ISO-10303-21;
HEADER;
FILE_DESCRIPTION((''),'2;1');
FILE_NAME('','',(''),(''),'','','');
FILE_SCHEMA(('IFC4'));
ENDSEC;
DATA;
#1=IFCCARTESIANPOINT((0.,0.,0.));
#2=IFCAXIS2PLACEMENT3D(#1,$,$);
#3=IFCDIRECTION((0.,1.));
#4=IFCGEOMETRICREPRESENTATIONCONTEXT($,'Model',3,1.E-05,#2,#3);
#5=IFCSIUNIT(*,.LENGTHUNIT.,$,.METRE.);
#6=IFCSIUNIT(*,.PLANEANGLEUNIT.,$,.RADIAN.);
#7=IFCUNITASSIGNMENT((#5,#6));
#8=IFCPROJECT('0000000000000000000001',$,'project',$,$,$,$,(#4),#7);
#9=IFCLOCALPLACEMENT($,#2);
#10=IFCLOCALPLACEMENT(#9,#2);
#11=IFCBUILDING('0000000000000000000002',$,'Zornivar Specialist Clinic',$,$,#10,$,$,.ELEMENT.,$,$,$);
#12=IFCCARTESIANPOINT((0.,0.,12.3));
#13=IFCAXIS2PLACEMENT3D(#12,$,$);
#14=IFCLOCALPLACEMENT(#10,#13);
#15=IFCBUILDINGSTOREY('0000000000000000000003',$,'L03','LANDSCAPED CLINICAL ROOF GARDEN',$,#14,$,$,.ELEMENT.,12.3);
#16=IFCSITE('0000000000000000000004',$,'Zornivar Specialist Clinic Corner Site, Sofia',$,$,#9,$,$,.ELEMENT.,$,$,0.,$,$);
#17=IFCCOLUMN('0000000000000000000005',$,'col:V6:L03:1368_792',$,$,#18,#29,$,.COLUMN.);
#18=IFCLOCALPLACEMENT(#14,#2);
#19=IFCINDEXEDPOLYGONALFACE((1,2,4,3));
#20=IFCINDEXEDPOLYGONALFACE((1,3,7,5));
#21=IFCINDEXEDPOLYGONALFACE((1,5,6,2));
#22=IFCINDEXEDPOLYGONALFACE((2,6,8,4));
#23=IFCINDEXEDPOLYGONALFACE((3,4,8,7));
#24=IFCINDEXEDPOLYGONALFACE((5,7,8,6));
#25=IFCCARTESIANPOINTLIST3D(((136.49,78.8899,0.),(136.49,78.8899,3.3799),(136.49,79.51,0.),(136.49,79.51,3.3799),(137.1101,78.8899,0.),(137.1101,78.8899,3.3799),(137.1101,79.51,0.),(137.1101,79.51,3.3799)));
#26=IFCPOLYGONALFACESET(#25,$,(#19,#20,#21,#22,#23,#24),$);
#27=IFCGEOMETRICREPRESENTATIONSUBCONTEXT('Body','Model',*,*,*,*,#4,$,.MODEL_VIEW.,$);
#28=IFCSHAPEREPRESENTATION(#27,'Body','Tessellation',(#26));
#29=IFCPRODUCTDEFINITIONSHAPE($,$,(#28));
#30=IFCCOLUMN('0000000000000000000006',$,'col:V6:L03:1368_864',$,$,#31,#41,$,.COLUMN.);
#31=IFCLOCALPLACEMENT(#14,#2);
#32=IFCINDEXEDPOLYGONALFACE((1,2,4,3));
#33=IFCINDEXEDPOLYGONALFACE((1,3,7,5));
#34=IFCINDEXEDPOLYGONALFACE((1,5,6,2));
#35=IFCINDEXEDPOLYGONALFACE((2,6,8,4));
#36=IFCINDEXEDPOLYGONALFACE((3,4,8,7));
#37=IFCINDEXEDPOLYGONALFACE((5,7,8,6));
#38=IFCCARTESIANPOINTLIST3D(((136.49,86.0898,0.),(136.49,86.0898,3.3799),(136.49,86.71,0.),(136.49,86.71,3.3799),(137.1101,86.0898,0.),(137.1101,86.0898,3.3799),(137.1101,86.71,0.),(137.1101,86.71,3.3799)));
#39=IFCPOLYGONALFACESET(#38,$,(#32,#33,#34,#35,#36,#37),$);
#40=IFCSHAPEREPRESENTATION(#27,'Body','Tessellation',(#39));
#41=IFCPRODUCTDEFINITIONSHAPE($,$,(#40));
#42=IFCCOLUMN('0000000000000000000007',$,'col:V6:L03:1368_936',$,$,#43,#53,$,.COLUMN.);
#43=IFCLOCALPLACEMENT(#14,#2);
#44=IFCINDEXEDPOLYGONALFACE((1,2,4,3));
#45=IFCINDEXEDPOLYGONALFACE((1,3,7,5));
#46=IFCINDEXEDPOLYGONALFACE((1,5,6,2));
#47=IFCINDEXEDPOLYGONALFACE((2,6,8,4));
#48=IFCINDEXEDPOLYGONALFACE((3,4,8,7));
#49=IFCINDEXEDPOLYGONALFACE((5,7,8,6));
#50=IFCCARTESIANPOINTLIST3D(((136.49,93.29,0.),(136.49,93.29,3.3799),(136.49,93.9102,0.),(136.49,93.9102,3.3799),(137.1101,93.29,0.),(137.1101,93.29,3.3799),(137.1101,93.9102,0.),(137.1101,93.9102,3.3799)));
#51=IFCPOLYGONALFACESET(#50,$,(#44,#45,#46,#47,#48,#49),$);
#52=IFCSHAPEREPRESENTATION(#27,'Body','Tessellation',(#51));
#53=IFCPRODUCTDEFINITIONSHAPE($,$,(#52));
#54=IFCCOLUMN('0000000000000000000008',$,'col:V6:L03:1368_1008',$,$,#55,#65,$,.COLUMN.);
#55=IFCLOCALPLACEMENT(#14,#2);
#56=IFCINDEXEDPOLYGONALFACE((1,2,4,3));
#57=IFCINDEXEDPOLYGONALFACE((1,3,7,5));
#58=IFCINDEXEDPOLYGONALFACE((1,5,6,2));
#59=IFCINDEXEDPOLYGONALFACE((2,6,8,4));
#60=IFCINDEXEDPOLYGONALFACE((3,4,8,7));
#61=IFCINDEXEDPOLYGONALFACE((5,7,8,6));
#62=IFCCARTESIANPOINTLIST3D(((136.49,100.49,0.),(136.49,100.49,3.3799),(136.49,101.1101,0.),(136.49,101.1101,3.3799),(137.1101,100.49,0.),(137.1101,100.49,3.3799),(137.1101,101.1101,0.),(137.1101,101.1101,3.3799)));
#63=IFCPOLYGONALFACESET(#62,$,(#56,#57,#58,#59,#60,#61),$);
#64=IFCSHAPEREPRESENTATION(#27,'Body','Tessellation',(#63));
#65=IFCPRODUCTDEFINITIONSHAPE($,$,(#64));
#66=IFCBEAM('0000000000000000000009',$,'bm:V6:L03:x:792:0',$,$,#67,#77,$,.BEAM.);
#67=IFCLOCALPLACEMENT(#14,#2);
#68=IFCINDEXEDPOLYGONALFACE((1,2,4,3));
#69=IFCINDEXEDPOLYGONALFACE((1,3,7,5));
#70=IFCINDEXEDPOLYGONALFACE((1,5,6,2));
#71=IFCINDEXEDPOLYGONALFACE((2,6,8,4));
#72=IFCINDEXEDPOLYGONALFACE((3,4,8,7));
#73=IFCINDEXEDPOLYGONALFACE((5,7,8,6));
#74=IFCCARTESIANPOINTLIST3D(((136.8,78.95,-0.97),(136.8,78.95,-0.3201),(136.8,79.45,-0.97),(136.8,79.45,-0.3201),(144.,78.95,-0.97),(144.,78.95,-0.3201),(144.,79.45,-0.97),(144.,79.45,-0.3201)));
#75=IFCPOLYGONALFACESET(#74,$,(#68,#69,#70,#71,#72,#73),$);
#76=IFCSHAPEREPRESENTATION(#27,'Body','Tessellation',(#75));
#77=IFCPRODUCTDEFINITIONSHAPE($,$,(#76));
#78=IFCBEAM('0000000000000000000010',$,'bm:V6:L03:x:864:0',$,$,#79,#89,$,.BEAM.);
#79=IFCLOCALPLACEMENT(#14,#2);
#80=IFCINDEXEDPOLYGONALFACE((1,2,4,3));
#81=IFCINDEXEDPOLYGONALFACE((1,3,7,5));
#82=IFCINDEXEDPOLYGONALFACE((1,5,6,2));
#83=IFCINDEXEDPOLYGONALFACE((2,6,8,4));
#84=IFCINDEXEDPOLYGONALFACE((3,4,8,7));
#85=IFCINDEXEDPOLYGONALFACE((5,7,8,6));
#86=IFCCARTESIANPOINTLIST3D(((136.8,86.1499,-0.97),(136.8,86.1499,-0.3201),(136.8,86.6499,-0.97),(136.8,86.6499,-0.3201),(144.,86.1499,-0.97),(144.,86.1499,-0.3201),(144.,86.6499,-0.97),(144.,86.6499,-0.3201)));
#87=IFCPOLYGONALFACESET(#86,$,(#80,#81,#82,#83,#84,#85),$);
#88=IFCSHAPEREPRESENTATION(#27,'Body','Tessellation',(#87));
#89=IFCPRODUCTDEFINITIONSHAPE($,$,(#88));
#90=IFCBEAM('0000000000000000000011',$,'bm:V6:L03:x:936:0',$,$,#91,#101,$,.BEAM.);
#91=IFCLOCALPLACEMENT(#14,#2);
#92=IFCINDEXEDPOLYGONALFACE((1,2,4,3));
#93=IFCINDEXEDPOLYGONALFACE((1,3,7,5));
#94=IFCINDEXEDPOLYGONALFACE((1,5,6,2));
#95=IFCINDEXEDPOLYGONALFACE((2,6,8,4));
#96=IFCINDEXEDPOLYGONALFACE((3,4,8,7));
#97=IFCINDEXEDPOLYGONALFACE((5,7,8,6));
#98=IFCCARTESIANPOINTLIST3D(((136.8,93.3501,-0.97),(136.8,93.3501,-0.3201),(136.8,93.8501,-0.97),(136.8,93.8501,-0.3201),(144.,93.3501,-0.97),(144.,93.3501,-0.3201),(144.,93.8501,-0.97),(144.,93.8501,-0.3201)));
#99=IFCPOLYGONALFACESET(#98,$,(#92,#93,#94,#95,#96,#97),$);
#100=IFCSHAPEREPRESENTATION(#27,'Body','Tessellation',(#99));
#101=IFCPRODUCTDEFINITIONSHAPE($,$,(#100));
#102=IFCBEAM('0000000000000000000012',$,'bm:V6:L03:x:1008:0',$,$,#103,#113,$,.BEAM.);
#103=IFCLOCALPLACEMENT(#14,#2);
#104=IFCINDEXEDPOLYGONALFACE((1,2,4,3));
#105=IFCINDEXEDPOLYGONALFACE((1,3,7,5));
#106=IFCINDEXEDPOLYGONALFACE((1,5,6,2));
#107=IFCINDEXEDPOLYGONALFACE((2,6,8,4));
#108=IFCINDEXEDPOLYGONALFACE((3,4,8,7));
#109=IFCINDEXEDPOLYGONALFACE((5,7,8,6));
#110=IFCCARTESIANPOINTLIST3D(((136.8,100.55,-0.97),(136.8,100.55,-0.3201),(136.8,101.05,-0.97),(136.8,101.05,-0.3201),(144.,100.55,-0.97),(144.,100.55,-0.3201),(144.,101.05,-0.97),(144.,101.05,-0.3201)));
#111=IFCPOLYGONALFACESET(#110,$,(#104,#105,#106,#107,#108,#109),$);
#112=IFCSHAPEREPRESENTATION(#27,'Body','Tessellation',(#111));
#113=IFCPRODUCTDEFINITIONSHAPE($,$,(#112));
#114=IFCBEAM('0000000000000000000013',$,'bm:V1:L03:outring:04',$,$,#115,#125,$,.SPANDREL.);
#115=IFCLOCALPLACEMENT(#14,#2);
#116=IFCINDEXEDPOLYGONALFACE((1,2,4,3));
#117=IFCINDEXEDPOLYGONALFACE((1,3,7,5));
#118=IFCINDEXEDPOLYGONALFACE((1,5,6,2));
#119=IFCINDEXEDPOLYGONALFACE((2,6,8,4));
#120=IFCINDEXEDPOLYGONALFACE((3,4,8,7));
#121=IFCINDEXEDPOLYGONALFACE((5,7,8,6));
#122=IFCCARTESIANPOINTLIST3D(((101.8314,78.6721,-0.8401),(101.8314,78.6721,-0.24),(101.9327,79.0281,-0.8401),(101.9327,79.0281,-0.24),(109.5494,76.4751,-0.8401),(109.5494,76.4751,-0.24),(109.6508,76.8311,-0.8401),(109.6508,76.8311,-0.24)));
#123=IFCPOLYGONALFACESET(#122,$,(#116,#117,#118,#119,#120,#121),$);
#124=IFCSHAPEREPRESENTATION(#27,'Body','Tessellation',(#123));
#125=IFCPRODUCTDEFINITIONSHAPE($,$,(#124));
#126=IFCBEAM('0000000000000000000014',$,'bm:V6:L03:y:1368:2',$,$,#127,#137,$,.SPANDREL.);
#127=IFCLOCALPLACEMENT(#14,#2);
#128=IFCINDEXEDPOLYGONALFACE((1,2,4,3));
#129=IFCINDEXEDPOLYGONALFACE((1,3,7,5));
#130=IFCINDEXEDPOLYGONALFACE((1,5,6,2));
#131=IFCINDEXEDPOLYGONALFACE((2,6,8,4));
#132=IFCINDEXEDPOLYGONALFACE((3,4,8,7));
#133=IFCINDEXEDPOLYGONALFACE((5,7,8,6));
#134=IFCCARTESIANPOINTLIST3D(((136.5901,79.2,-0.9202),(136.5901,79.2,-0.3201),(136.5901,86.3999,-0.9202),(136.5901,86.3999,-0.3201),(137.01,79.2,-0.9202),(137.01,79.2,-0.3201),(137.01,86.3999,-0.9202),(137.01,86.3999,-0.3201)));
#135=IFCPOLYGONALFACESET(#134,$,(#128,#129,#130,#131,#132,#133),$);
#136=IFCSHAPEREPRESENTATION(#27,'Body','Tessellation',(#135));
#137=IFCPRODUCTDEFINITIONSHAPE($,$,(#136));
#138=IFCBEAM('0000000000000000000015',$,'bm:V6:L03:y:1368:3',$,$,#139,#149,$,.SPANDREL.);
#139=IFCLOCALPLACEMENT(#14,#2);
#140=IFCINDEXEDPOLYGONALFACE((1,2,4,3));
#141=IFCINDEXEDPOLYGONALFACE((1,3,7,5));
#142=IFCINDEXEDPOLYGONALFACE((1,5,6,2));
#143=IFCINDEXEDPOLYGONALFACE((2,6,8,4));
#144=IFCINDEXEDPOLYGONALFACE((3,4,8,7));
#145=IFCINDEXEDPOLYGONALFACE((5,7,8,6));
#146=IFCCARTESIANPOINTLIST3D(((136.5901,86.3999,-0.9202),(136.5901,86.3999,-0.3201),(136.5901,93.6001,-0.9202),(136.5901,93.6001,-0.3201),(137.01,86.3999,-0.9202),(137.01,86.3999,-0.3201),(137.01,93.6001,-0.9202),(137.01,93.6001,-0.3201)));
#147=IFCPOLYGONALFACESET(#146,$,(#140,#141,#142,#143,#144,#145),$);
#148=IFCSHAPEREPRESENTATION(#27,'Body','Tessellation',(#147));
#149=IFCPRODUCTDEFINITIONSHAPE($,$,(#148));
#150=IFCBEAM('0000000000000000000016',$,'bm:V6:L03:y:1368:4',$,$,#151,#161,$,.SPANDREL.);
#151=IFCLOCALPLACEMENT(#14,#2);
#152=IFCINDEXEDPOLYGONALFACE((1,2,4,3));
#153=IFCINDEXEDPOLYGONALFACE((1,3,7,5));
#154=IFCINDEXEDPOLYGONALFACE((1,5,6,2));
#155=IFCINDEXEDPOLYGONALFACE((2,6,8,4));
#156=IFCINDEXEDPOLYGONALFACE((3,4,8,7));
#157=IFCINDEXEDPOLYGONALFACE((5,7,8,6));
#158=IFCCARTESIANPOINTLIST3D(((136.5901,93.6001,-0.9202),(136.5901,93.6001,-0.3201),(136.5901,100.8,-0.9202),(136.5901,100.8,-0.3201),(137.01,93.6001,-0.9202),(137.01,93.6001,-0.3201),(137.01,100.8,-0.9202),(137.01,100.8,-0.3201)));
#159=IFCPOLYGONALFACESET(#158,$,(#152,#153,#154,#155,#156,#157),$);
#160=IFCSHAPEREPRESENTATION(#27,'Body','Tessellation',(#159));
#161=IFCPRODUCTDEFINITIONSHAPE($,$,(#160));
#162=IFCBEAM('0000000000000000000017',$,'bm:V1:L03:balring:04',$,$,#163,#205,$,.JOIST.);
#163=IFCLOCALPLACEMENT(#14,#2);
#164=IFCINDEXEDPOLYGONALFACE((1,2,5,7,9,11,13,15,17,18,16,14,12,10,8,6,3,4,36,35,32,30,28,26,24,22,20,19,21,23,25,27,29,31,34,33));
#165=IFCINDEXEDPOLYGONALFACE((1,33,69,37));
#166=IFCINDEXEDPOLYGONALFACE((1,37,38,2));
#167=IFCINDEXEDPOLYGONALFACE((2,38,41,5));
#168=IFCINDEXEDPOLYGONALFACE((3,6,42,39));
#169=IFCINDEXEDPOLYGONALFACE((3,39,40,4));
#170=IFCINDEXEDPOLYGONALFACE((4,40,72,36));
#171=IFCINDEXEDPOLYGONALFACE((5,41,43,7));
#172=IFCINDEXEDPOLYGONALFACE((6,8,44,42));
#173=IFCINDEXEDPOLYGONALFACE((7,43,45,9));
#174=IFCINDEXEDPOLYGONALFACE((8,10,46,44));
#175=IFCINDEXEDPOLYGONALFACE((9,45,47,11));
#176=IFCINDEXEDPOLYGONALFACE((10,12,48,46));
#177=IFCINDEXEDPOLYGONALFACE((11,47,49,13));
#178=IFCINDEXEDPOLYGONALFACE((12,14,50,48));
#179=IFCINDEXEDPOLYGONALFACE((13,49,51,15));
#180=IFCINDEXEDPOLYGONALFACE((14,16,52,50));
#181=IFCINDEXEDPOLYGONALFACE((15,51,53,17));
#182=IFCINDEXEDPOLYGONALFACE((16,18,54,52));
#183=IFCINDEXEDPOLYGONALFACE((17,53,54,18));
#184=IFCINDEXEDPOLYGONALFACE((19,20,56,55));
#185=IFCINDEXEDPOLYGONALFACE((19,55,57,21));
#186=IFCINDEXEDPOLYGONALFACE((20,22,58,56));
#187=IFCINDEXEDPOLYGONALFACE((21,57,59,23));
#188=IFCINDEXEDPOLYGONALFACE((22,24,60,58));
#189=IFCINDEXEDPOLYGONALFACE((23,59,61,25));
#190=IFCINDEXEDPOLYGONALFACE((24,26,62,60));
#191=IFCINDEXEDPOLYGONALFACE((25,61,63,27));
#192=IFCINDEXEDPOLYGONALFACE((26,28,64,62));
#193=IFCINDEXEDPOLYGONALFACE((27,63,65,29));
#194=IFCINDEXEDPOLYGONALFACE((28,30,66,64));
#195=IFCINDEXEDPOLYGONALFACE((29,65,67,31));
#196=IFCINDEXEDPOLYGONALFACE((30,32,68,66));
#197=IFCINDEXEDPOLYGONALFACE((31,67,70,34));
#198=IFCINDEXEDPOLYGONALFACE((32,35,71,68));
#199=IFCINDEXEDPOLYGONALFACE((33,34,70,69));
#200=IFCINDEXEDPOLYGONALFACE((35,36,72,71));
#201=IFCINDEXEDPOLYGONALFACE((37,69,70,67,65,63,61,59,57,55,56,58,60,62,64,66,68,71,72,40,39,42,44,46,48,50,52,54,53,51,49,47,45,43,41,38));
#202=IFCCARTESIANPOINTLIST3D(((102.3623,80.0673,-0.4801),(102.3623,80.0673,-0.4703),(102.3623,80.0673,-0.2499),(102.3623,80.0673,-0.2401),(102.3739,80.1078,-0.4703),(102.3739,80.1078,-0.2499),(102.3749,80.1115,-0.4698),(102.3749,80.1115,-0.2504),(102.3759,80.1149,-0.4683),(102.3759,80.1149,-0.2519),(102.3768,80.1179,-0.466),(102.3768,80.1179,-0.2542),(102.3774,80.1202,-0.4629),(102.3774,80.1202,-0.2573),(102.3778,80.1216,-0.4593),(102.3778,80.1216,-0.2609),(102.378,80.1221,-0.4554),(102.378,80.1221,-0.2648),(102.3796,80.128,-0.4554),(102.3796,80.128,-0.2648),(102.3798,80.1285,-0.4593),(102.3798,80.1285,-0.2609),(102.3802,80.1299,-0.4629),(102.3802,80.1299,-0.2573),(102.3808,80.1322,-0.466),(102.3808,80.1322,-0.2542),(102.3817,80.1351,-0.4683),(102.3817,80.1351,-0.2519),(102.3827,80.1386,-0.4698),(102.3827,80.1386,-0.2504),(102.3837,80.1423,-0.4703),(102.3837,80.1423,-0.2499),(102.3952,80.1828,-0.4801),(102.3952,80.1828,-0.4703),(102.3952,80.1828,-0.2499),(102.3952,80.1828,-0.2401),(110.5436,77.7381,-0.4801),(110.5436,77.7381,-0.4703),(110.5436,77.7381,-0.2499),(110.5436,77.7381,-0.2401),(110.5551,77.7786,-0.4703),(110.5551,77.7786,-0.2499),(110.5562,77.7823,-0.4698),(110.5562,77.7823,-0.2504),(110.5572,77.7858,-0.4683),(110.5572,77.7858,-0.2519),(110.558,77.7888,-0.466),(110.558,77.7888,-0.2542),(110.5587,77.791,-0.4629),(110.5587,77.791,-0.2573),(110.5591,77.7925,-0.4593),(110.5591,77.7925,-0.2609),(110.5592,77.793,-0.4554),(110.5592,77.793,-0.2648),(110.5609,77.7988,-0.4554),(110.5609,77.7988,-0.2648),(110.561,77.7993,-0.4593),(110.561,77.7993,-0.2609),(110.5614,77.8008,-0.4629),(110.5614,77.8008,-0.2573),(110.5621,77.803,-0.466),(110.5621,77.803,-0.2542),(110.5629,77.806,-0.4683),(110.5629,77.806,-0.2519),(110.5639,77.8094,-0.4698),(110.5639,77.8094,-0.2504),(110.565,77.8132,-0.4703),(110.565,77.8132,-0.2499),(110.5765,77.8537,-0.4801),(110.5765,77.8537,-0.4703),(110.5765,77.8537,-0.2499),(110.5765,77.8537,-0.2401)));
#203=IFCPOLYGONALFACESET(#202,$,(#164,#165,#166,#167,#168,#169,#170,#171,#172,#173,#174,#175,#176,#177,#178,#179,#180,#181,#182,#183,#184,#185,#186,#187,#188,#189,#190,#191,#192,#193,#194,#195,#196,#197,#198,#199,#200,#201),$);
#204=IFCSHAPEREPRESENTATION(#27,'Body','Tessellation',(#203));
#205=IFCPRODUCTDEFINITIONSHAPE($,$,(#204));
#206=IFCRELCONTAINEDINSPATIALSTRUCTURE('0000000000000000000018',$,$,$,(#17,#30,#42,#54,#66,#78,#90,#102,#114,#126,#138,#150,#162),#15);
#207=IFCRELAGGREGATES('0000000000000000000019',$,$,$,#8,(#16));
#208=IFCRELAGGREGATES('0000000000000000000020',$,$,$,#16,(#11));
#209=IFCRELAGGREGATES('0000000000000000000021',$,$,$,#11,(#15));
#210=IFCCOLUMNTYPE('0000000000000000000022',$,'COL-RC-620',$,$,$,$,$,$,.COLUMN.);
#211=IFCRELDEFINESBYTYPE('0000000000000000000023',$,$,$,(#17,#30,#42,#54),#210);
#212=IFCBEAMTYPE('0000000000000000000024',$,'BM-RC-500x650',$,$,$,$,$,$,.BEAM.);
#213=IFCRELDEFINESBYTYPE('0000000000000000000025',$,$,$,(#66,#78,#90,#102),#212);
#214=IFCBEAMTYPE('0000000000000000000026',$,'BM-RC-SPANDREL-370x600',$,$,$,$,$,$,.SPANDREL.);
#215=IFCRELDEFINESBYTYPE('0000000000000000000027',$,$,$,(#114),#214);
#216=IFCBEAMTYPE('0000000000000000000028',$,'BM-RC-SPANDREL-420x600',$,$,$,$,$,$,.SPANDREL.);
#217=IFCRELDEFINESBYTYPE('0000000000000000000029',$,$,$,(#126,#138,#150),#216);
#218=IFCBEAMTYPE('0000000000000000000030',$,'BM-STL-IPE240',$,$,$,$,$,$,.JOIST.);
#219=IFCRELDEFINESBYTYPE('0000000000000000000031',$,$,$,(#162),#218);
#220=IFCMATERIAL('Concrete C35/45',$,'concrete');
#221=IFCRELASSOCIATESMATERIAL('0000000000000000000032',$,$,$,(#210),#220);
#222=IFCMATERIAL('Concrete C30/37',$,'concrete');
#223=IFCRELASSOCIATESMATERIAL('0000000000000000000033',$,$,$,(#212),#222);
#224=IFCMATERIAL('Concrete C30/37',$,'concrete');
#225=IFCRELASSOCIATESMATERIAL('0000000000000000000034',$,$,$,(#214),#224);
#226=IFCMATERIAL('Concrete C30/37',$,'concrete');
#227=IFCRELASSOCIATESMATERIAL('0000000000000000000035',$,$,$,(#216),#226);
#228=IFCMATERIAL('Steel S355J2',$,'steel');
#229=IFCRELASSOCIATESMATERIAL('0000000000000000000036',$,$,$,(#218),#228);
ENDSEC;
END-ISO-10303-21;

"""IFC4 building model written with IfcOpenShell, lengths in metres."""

from ifc_helpers import new_model, si_unit, direction, frame, origin, origin_2d, place, context, subcontext, project, spatial, rectangle, i_section, extrude, material, material_profile, profile_set, type_object, element, save


model = new_model("IFC4")

# Units and contexts
model_context = context("Model", 3, precision=1e-05, world=origin(), true_north=direction((0.0, 1.0)))
body_context = subcontext(model_context, "Body", "Model", "MODEL_VIEW")
ifc_project = project(units=[si_unit("LENGTHUNIT", "METRE"), si_unit("PLANEANGLEUNIT", "RADIAN")], contexts=[model_context])

# Site, building, storey
site_placement = place(None, origin())
site = spatial("IfcSite", under=ifc_project, at=site_placement, Name="Zornivar Specialist Clinic Corner Site, Sofia", CompositionType="ELEMENT", RefElevation=0.0)
building_placement = place(site_placement, origin())
building = spatial("IfcBuilding", under=site, at=building_placement, Name="Zornivar Specialist Clinic", CompositionType="ELEMENT")
storey_placement = place(building_placement, frame((0.0, 0.0, 12.3)))
storey = spatial("IfcBuildingStorey", under=building, at=storey_placement, Name="L03", Description="LANDSCAPED CLINICAL ROOF GARDEN", CompositionType="ELEMENT", Elevation=12.3)

# Columns
ifc_material_1 = material(Name="Concrete C35/45", Category="concrete")
ifc_material_profile_1 = material_profile(ifc_material_1, rectangle(XDim=0.6201, YDim=0.6201, at=origin_2d()), Name="RC 620x620")
ifc_profile_set_1 = profile_set([ifc_material_profile_1], Name="Concrete C35/45")
column_type = type_object("IfcColumnType", Name="COL-RC-620", PredefinedType="COLUMN", material=ifc_profile_set_1)
for number, where, z_axis, x_axis, name in (
    (1, (136.8, 79.2, 0.0), (0.0, 0.0, 1.0), (1.0, 0.0, 0.0), "col:V6:L03:1368_792"),
    (2, (136.8, 86.3999, 0.0), (0.0, 0.0, 1.0), (1.0, 0.0, 0.0), "col:V6:L03:1368_864"),
    (3, (136.8, 93.6001, 0.0), (0.0, 0.0, 1.0), (1.0, 0.0, 0.0), "col:V6:L03:1368_936"),
    (4, (136.8, 100.8, 0.0), (0.0, 0.0, 1.0), (1.0, 0.0, 0.0), "col:V6:L03:1368_1008"),
):
    element("IfcColumn", number, at=place(storey_placement, frame(where, z_axis=z_axis, x_axis=x_axis)), inside=storey, type_object=column_type, Name=name, PredefinedType="COLUMN", context=body_context, shape_type="SweptSolid", body=[
        extrude(rectangle(XDim=0.6201, YDim=0.6201, at=origin_2d()), origin(), (0.0, 0.0, 1.0), 3.3799),
    ])

# Beams
ifc_material_2 = material(Name="Concrete C30/37", Category="concrete")
ifc_material_profile_2 = material_profile(ifc_material_2, rectangle(XDim=0.5, YDim=0.6499, at=origin_2d()), Name="RC 500x650")
ifc_profile_set_2 = profile_set([ifc_material_profile_2], Name="Concrete C30/37")
beam_type_1 = type_object("IfcBeamType", Name="BM-RC-500x650", PredefinedType="BEAM", material=ifc_profile_set_2)
for number, where, z_axis, x_axis, name in (
    (5, (136.8, 79.2, -0.645), (1.0, 0.0, 0.0), (0.0, 1.0, 0.0), "bm:V6:L03:x:792:0"),
    (6, (136.8, 86.3999, -0.645), (1.0, 0.0, 0.0), (0.0, 1.0, 0.0), "bm:V6:L03:x:864:0"),
    (7, (136.8, 93.6001, -0.645), (1.0, 0.0, 0.0), (0.0, 1.0, 0.0), "bm:V6:L03:x:936:0"),
    (8, (136.8, 100.8, -0.645), (1.0, 0.0, 0.0), (0.0, 1.0, 0.0), "bm:V6:L03:x:1008:0"),
):
    element("IfcBeam", number, at=place(storey_placement, frame(where, z_axis=z_axis, x_axis=x_axis)), inside=storey, type_object=beam_type_1, Name=name, PredefinedType="BEAM", context=body_context, shape_type="SweptSolid", body=[
        extrude(rectangle(XDim=0.5, YDim=0.6499, at=origin_2d()), origin(), (0.0, 0.0, 1.0), 7.2),
    ])
ifc_material_3 = material(Name="Concrete C30/37", Category="concrete")
ifc_material_profile_3 = material_profile(ifc_material_3, rectangle(XDim=0.3701, YDim=0.6001, at=origin_2d()), Name="RC 370x600")
ifc_profile_set_3 = profile_set([ifc_material_profile_3], Name="Concrete C30/37")
beam_type_2 = type_object("IfcBeamType", Name="BM-RC-SPANDREL-370x600", PredefinedType="SPANDREL", material=ifc_profile_set_3)
beam_1_placement = place(storey_placement, frame((109.6001, 76.6531, -0.54), z_axis=(-0.961791, 0.273785, 0.0), x_axis=(-0.273785, -0.961791, 0.0)))
element("IfcBeam", 9, at=beam_1_placement, inside=storey, type_object=beam_type_2, Name="bm:V1:L03:outring:04", PredefinedType="SPANDREL", context=body_context, shape_type="SweptSolid", body=[
    extrude(rectangle(XDim=0.3701, YDim=0.6001, at=origin_2d()), origin(), (0.0, 0.0, 1.0), 8.0247),
])
ifc_material_4 = material(Name="Concrete C30/37", Category="concrete")
ifc_material_profile_4 = material_profile(ifc_material_4, rectangle(XDim=0.4199, YDim=0.6001, at=origin_2d()), Name="RC 420x600")
ifc_profile_set_4 = profile_set([ifc_material_profile_4], Name="Concrete C30/37")
beam_type_3 = type_object("IfcBeamType", Name="BM-RC-SPANDREL-420x600", PredefinedType="SPANDREL", material=ifc_profile_set_4)
beam_2_placement = place(storey_placement, frame((136.8, 79.2, -0.6201), z_axis=(0.0, 1.0, 0.0), x_axis=(-1.0, 0.0, 0.0)))
element("IfcBeam", 10, at=beam_2_placement, inside=storey, type_object=beam_type_3, Name="bm:V6:L03:y:1368:2", PredefinedType="SPANDREL", context=body_context, shape_type="SweptSolid", body=[
    extrude(rectangle(XDim=0.4199, YDim=0.6001, at=origin_2d()), origin(), (0.0, 0.0, 1.0), 7.2),
])
beam_3_placement = place(storey_placement, frame((136.8, 86.3999, -0.6201), z_axis=(0.0, 1.0, 0.0), x_axis=(-1.0, 0.0, 0.0)))
element("IfcBeam", 11, at=beam_3_placement, inside=storey, type_object=beam_type_3, Name="bm:V6:L03:y:1368:3", PredefinedType="SPANDREL", context=body_context, shape_type="SweptSolid", body=[
    extrude(rectangle(XDim=0.4199, YDim=0.6001, at=origin_2d()), origin(), (0.0, 0.0, 1.0), 7.2002),
])
beam_4_placement = place(storey_placement, frame((136.8, 93.6001, -0.6201), z_axis=(0.0, 1.0, 0.0), x_axis=(-1.0, 0.0, 0.0)))
element("IfcBeam", 12, at=beam_4_placement, inside=storey, type_object=beam_type_3, Name="bm:V6:L03:y:1368:4", PredefinedType="SPANDREL", context=body_context, shape_type="SweptSolid", body=[
    extrude(rectangle(XDim=0.4199, YDim=0.6001, at=origin_2d()), origin(), (0.0, 0.0, 1.0), 7.2),
])
ifc_material_5 = material(Name="Steel S355J2", Category="steel")
ifc_material_profile_5 = material_profile(ifc_material_5, i_section(OverallWidth=0.1201, OverallDepth=0.24, WebThickness=0.0061, FlangeThickness=0.0098, FilletRadius=0.0149, at=origin_2d()), Name="IPE 240")
ifc_profile_set_5 = profile_set([ifc_material_profile_5], Name="Steel S355J2")
beam_type_4 = type_object("IfcBeamType", Name="BM-STL-IPE240", PredefinedType="JOIST", material=ifc_profile_set_5)
beam_5_placement = place(storey_placement, frame((110.5601, 77.7959, -0.3601), z_axis=(-0.961783, 0.273811, 0.0), x_axis=(-0.273811, -0.961783, 0.0)))
element("IfcBeam", 13, at=beam_5_placement, inside=storey, type_object=beam_type_4, Name="bm:V1:L03:balring:04", PredefinedType="JOIST", context=body_context, shape_type="SweptSolid", body=[
    extrude(i_section(OverallWidth=0.1201, OverallDepth=0.24, WebThickness=0.0061, FlangeThickness=0.0098, FilletRadius=0.0149, at=origin_2d()), origin(), (0.0, 0.0, 1.0), 8.5063),
])

save(model, "model.ifc")
